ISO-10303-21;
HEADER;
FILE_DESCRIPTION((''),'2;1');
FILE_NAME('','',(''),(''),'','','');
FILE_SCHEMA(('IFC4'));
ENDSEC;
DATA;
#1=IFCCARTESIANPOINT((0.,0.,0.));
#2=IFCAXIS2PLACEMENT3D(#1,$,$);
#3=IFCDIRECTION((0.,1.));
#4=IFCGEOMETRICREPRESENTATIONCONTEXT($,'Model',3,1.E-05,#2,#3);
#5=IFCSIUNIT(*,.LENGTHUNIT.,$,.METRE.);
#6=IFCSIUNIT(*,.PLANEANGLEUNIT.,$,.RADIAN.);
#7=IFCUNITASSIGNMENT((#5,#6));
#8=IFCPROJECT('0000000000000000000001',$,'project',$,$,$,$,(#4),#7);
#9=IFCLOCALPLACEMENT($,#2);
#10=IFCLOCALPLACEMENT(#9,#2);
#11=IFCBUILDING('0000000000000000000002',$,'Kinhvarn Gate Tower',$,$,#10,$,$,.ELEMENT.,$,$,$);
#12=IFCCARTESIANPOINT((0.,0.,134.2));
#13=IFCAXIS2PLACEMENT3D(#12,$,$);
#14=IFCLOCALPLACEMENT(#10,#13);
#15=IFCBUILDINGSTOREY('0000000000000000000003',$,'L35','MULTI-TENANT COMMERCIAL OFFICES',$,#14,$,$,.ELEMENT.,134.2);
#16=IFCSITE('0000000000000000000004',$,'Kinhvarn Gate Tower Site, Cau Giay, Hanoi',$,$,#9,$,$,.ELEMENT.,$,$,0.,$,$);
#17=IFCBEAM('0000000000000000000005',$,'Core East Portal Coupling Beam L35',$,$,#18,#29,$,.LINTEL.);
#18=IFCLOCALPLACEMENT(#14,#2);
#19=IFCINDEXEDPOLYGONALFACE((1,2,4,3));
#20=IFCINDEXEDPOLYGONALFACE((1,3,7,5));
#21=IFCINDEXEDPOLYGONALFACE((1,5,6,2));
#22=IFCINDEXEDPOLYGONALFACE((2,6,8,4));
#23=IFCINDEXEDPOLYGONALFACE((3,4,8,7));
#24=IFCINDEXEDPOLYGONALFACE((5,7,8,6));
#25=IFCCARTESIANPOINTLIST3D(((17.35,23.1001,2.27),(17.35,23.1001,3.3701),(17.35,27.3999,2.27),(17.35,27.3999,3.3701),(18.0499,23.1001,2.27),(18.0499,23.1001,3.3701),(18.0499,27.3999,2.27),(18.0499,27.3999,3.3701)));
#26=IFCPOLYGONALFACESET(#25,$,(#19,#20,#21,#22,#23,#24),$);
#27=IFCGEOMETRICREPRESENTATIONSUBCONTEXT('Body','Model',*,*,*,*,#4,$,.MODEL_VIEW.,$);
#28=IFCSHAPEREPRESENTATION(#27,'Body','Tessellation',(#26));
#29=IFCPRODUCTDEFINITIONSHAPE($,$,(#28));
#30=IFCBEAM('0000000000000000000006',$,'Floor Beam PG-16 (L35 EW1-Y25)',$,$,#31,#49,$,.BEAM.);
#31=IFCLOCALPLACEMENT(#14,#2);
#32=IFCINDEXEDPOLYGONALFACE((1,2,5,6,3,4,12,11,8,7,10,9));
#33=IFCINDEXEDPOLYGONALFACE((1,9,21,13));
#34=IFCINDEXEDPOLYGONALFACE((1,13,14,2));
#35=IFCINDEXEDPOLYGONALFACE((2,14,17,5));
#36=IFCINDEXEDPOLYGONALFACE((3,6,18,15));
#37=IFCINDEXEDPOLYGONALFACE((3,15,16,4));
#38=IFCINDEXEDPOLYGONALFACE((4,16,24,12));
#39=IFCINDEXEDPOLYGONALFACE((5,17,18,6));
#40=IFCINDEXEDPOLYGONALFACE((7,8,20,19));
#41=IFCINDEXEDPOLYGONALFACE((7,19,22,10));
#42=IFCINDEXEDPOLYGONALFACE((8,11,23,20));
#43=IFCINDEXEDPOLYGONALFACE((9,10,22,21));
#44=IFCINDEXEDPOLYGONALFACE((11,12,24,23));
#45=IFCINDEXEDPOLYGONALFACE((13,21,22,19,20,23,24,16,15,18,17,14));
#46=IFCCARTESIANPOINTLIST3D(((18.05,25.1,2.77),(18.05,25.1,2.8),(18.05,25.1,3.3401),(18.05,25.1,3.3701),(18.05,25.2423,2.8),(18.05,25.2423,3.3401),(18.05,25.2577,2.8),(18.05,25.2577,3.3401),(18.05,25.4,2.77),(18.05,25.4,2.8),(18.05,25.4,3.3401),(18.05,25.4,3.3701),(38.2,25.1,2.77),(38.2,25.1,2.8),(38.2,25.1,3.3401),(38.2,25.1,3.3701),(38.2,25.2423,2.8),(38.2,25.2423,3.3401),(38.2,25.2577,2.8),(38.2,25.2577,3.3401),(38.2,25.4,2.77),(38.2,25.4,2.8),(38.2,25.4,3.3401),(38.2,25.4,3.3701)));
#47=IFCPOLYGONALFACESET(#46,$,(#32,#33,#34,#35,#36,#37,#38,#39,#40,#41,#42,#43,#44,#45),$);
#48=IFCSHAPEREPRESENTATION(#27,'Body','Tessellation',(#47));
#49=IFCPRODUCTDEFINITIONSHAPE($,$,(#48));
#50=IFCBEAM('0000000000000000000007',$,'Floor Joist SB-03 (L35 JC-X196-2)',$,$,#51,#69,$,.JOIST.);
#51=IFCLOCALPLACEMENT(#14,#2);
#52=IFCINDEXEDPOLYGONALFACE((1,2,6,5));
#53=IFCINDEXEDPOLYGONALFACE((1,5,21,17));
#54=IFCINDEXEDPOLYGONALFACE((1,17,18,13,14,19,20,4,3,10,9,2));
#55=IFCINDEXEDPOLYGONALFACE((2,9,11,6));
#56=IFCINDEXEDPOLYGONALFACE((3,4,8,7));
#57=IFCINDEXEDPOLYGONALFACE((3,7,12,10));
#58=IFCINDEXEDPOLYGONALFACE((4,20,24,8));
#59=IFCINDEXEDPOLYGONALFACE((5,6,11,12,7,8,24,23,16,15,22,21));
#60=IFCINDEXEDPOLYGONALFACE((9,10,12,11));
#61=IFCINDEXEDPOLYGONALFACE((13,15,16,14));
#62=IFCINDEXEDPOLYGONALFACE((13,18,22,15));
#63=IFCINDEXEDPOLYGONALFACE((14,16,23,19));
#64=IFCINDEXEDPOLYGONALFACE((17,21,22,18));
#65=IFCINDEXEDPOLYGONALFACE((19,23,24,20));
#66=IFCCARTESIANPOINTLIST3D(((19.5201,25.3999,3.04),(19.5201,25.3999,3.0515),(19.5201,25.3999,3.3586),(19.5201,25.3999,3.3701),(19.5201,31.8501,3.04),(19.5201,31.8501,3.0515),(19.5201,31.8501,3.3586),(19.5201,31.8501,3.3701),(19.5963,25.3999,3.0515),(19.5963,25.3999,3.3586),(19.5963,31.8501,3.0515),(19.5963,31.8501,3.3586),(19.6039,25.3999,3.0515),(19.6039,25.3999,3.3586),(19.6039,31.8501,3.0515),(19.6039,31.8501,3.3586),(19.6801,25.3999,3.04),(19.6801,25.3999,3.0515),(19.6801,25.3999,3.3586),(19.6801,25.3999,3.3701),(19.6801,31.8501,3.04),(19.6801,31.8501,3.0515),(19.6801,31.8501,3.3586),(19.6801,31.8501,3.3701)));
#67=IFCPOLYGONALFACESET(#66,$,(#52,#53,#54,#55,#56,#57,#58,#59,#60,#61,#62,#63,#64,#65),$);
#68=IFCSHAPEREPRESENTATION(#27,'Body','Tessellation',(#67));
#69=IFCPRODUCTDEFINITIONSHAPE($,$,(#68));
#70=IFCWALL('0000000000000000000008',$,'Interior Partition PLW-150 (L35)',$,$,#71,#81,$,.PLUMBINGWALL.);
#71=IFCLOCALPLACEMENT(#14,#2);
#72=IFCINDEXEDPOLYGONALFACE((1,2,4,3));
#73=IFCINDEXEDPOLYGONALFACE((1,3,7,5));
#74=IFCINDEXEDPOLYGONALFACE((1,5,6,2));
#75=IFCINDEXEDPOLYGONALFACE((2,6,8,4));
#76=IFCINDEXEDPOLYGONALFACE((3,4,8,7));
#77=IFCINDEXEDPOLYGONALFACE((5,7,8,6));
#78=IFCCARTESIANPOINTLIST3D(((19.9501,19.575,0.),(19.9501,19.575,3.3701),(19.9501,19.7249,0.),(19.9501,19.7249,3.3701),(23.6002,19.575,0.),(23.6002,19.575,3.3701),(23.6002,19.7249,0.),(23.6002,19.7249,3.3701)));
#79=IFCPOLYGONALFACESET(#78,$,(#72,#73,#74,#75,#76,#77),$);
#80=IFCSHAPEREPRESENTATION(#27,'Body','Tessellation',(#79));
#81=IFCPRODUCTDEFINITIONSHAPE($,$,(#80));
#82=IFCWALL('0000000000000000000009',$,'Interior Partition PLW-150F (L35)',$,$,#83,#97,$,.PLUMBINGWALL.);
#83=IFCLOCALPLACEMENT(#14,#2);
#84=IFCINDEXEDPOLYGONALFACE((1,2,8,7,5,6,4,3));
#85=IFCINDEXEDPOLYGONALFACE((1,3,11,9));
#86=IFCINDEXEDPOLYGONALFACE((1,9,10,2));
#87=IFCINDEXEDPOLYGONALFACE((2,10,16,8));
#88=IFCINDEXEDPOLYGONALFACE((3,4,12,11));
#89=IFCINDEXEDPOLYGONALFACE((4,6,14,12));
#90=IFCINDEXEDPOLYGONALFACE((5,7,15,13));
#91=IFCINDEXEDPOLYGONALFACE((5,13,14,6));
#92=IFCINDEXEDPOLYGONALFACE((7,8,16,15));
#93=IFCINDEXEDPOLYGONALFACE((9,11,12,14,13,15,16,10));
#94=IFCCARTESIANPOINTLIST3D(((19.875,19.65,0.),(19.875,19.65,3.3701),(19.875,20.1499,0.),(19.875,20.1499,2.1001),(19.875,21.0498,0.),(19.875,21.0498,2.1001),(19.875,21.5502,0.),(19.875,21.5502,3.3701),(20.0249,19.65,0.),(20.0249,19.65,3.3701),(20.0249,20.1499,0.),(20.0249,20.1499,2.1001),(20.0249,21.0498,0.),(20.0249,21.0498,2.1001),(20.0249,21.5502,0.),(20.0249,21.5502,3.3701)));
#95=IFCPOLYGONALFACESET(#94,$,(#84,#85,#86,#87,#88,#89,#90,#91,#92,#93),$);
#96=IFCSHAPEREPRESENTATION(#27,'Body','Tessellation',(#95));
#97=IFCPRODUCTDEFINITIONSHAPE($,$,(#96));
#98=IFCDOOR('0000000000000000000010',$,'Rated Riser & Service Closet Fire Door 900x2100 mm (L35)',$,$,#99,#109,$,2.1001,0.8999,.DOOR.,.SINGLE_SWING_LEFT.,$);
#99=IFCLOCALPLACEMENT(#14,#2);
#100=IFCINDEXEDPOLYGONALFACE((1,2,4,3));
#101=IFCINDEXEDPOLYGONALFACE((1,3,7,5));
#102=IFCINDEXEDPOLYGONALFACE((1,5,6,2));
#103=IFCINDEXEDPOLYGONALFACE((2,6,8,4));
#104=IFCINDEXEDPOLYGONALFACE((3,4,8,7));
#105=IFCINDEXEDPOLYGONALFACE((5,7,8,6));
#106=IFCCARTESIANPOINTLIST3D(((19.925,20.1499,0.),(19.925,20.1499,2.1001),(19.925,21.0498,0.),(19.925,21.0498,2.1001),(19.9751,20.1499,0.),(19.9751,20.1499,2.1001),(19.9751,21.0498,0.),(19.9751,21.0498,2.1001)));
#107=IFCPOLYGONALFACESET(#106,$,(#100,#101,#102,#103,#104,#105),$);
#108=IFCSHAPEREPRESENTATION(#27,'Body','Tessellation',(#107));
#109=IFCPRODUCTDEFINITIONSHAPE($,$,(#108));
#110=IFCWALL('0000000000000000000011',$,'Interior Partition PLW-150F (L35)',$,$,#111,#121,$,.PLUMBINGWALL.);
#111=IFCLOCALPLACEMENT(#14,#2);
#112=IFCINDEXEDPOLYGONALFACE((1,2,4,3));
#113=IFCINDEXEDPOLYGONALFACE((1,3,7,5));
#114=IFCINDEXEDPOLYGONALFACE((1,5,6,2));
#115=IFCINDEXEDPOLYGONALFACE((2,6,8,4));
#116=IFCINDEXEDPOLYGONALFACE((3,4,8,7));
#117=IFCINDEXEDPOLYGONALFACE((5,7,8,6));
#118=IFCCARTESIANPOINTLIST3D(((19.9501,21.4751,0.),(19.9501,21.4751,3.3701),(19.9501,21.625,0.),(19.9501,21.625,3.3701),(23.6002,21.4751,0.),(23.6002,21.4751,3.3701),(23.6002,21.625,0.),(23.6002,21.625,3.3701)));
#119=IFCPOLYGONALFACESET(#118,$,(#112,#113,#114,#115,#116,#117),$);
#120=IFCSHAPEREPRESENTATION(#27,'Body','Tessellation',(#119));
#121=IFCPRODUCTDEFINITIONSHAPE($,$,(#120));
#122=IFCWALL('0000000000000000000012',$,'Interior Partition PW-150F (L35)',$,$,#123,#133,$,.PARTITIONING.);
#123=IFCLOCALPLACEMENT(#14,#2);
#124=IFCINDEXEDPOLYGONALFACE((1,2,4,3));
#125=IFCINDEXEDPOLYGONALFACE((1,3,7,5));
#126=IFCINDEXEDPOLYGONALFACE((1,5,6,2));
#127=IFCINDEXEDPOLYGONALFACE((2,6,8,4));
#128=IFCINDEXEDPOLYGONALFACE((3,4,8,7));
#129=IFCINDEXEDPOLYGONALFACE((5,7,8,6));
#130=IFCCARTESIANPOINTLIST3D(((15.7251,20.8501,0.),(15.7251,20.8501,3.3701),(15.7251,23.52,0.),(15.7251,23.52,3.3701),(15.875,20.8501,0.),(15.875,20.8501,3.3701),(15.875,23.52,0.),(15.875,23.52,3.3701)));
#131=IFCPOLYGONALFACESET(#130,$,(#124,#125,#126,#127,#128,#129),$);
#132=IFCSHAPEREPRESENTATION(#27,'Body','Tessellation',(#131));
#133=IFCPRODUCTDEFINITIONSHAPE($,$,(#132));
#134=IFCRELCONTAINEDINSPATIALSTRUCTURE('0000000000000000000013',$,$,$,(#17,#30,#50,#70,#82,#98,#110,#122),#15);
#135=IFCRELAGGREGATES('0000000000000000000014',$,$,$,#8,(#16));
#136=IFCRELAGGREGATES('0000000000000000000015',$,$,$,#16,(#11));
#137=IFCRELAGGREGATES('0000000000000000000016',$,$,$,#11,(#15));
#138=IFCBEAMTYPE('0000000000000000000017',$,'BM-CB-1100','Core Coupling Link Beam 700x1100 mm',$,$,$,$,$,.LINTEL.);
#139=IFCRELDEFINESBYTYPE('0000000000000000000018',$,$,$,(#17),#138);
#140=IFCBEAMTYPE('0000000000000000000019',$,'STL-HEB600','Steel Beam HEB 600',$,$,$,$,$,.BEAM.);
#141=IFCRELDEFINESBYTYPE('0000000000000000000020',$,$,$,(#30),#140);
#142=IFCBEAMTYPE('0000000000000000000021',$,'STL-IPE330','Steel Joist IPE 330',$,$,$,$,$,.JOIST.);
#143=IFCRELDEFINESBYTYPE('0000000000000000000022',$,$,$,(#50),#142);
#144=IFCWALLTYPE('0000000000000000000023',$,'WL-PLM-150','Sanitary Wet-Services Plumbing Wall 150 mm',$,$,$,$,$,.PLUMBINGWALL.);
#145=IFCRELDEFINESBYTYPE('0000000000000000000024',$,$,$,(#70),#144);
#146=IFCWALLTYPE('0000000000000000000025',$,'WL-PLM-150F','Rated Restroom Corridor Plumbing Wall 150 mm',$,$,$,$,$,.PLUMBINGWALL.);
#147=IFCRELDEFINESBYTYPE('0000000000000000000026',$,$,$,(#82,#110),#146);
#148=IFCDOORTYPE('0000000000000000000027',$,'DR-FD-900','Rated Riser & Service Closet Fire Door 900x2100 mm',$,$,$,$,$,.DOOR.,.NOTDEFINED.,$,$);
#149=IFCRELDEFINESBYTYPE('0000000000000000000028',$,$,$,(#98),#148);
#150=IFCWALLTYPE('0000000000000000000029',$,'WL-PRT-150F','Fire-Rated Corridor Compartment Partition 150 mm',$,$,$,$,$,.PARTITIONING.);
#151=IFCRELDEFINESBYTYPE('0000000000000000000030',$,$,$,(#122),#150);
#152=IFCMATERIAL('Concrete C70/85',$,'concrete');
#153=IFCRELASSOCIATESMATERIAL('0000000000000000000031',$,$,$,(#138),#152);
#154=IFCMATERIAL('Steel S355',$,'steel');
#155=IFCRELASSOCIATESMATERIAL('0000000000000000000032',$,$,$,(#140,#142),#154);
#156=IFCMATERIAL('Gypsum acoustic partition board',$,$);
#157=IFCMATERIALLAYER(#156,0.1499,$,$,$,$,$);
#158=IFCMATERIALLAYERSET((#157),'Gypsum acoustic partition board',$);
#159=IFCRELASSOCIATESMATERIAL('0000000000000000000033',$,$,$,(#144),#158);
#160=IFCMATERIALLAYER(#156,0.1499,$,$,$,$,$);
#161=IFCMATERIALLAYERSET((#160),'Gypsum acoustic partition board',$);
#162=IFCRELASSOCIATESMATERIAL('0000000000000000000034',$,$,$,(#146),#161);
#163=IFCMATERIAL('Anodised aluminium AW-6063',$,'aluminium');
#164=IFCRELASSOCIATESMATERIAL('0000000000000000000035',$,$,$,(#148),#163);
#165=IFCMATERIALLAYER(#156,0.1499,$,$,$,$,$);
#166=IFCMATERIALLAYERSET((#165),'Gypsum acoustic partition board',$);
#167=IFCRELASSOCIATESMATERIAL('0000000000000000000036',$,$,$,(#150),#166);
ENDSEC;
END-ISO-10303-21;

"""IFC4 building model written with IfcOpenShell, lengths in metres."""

from ifc_helpers import new_model, si_unit, direction, frame, frame_2d, origin, origin_2d, place, context, subcontext, project, spatial, rectangle, i_section, extrude, material, layer, layer_set, material_profile, profile_set, type_object, element, fill, save


model = new_model("IFC4")

# Units and contexts
model_context = context("Model", 3, precision=1e-05, world=origin(), true_north=direction((0.0, 1.0)))
body_context = subcontext(model_context, "Body", "Model", "MODEL_VIEW")
ifc_project = project(units=[si_unit("LENGTHUNIT", "METRE"), si_unit("PLANEANGLEUNIT", "RADIAN")], contexts=[model_context])

# Site, building, storey
site_placement = place(None, origin())
site = spatial("IfcSite", under=ifc_project, at=site_placement, Name="Kinhvarn Gate Tower Site, Cau Giay, Hanoi", CompositionType="ELEMENT", RefElevation=0.0)
building_placement = place(site_placement, origin())
building = spatial("IfcBuilding", under=site, at=building_placement, Name="Kinhvarn Gate Tower", CompositionType="ELEMENT")
storey_placement = place(building_placement, frame((0.0, 0.0, 134.2)))
storey = spatial("IfcBuildingStorey", under=building, at=storey_placement, Name="L35", Description="MULTI-TENANT COMMERCIAL OFFICES", CompositionType="ELEMENT", Elevation=134.2)

# Beams
ifc_material_1 = material(Name="Concrete C70/85", Category="concrete")
ifc_material_profile_1 = material_profile(ifc_material_1, rectangle(XDim=0.7, YDim=1.1001, at=origin_2d()), Name="RC 700x1100")
ifc_profile_set_1 = profile_set([ifc_material_profile_1], Name="Concrete C70/85")
beam_type_1 = type_object("IfcBeamType", Name="BM-CB-1100", Description="Core Coupling Link Beam 700x1100 mm", PredefinedType="LINTEL", material=ifc_profile_set_1)
beam_1_placement = place(storey_placement, frame((17.7, 23.1001, 2.8201), z_axis=(0.0, 1.0, 0.0), x_axis=(-1.0, 0.0, 0.0)))
element("IfcBeam", 1, at=beam_1_placement, inside=storey, type_object=beam_type_1, Name="Core East Portal Coupling Beam L35", PredefinedType="LINTEL", context=body_context, shape_type="SweptSolid", body=[
    extrude(rectangle(XDim=0.7, YDim=1.1001, at=origin_2d()), origin(), (0.0, 0.0, 1.0), 4.2998),
])
ifc_material_2 = material(Name="Steel S355", Category="steel")
ifc_material_profile_2 = material_profile(ifc_material_2, i_section(OverallWidth=0.3, OverallDepth=0.6001, WebThickness=0.0154, FlangeThickness=0.03, at=origin_2d()), Name="HEB 600")
ifc_profile_set_2 = profile_set([ifc_material_profile_2], Name="Steel S355")
beam_type_2 = type_object("IfcBeamType", Name="STL-HEB600", Description="Steel Beam HEB 600", PredefinedType="BEAM", material=ifc_profile_set_2)
beam_2_placement = place(storey_placement, frame((18.05, 25.25, 3.0701), z_axis=(1.0, 0.0, 0.0), x_axis=(0.0, 1.0, 0.0)))
element("IfcBeam", 2, at=beam_2_placement, inside=storey, type_object=beam_type_2, Name="Floor Beam PG-16 (L35 EW1-Y25)", PredefinedType="BEAM", context=body_context, shape_type="SweptSolid", body=[
    extrude(i_section(OverallWidth=0.3, OverallDepth=0.6001, WebThickness=0.0154, FlangeThickness=0.03, at=origin_2d()), origin(), (0.0, 0.0, 1.0), 20.1499),
])
ifc_material_profile_3 = material_profile(ifc_material_2, i_section(OverallWidth=0.1599, OverallDepth=0.3301, WebThickness=0.0076, FlangeThickness=0.0115, at=origin_2d()), Name="IPE 330")
ifc_profile_set_3 = profile_set([ifc_material_profile_3], Name="Steel S355")
beam_type_3 = type_object("IfcBeamType", Name="STL-IPE330", Description="Steel Joist IPE 330", PredefinedType="JOIST", material=ifc_profile_set_3)
beam_3_placement = place(storey_placement, frame((19.6001, 25.3999, 3.2051), z_axis=(0.0, 1.0, 0.0), x_axis=(-1.0, 0.0, 0.0)))
element("IfcBeam", 3, at=beam_3_placement, inside=storey, type_object=beam_type_3, Name="Floor Joist SB-03 (L35 JC-X196-2)", PredefinedType="JOIST", context=body_context, shape_type="SweptSolid", body=[
    extrude(i_section(OverallWidth=0.1599, OverallDepth=0.3301, WebThickness=0.0076, FlangeThickness=0.0115, at=origin_2d()), origin(), (0.0, 0.0, 1.0), 6.4502),
])

# Wall
ifc_material_3 = material(Name="Gypsum acoustic partition board")
ifc_layer_1 = layer(ifc_material_3, 0.1499)
ifc_layer_set_1 = layer_set([ifc_layer_1], Name="Gypsum acoustic partition board")
wall_type_1 = type_object("IfcWallType", Name="WL-PLM-150", Description="Sanitary Wet-Services Plumbing Wall 150 mm", PredefinedType="PLUMBINGWALL", material=ifc_layer_set_1)
wall_1_placement = place(storey_placement, frame((19.95, 19.6499, 0.0), z_axis=(0.0, 0.0, 1.0), x_axis=(1.0, 0.0, 0.0)))
element("IfcWall", 4, at=wall_1_placement, inside=storey, type_object=wall_type_1, Name="Interior Partition PLW-150 (L35)", PredefinedType="PLUMBINGWALL", context=body_context, shape_type="SweptSolid", body=[
    extrude(rectangle(XDim=3.6501, YDim=0.1499, at=frame_2d((1.8252, 0.0))), origin(), (0.0, 0.0, 1.0), 3.3701),
])

# Wall, opening, door
ifc_layer_2 = layer(ifc_material_3, 0.1499)
ifc_layer_set_2 = layer_set([ifc_layer_2], Name="Gypsum acoustic partition board")
wall_type_2 = type_object("IfcWallType", Name="WL-PLM-150F", Description="Rated Restroom Corridor Plumbing Wall 150 mm", PredefinedType="PLUMBINGWALL", material=ifc_layer_set_2)
wall_2_placement = place(storey_placement, frame((19.95, 19.6499, 0.0), z_axis=(0.0, 0.0, 1.0), x_axis=(0.0, 1.0, 0.0)))
wall_2 = element("IfcWall", 5, at=wall_2_placement, inside=storey, type_object=wall_type_2, Name="Interior Partition PLW-150F (L35)", PredefinedType="PLUMBINGWALL", context=body_context, shape_type="SweptSolid", body=[
    extrude(rectangle(XDim=1.9001, YDim=0.1499, at=frame_2d((0.9502, 0.0))), origin(), (0.0, 0.0, 1.0), 3.3701),
])
opening_1_placement = place(wall_2_placement, frame((0.5, 0.0, 0.0)))
opening_1 = element("IfcOpeningElement", 6, at=opening_1_placement, cuts=wall_2, PredefinedType="OPENING", context=body_context, shape_type="SweptSolid", body=[
    extrude(rectangle(XDim=0.8999, YDim=2.1001, at=frame_2d((0.45, 1.05))), frame((0.0, 0.085, 0.0), z_axis=(0.0, -1.0, 0.0), x_axis=(1.0, 0.0, 0.0)), (0.0, 0.0, 1.0), 0.1699),
])
ifc_material_4 = material(Name="Anodised aluminium AW-6063", Category="aluminium")
door_type_1 = type_object("IfcDoorType", Name="DR-FD-900", Description="Rated Riser & Service Closet Fire Door 900x2100 mm", OperationType="NOTDEFINED", PredefinedType="DOOR", material=ifc_material_4)
door_1_placement = place(opening_1_placement, origin())
door_1 = element("IfcDoor", 7, at=door_1_placement, inside=storey, type_object=door_type_1, Name="Rated Riser & Service Closet Fire Door 900x2100 mm (L35)", OperationType="SINGLE_SWING_LEFT", OverallHeight=2.1001, OverallWidth=0.8999, PredefinedType="DOOR", context=body_context, shape_type="SweptSolid", body=[
    extrude(rectangle(XDim=0.8999, YDim=2.1001, at=frame_2d((0.45, 1.05))), frame((0.0, 0.0249, 0.0), z_axis=(0.0, -1.0, 0.0), x_axis=(1.0, 0.0, 0.0)), (0.0, 0.0, 1.0), 0.05),
])
fill(opening_1, door_1)

# Walls
wall_3_placement = place(storey_placement, frame((19.95, 21.55, 0.0), z_axis=(0.0, 0.0, 1.0), x_axis=(1.0, 0.0, 0.0)))
element("IfcWall", 8, at=wall_3_placement, inside=storey, type_object=wall_type_2, Name="Interior Partition PLW-150F (L35)", PredefinedType="PLUMBINGWALL", context=body_context, shape_type="SweptSolid", body=[
    extrude(rectangle(XDim=3.6501, YDim=0.1499, at=frame_2d((1.8252, 0.0))), origin(), (0.0, 0.0, 1.0), 3.3701),
])
ifc_layer_3 = layer(ifc_material_3, 0.1499)
ifc_layer_set_3 = layer_set([ifc_layer_3], Name="Gypsum acoustic partition board")
wall_type_3 = type_object("IfcWallType", Name="WL-PRT-150F", Description="Fire-Rated Corridor Compartment Partition 150 mm", PredefinedType="PARTITIONING", material=ifc_layer_set_3)
wall_4_placement = place(storey_placement, frame((15.8, 20.8501, 0.0), z_axis=(0.0, 0.0, 1.0), x_axis=(0.0, 1.0, 0.0)))
element("IfcWall", 9, at=wall_4_placement, inside=storey, type_object=wall_type_3, Name="Interior Partition PW-150F (L35)", PredefinedType="PARTITIONING", context=body_context, shape_type="SweptSolid", body=[
    extrude(rectangle(XDim=2.6699, YDim=0.1499, at=frame_2d((1.335, 0.0))), origin(), (0.0, 0.0, 1.0), 3.3701),
])

save(model, "model.ifc")
